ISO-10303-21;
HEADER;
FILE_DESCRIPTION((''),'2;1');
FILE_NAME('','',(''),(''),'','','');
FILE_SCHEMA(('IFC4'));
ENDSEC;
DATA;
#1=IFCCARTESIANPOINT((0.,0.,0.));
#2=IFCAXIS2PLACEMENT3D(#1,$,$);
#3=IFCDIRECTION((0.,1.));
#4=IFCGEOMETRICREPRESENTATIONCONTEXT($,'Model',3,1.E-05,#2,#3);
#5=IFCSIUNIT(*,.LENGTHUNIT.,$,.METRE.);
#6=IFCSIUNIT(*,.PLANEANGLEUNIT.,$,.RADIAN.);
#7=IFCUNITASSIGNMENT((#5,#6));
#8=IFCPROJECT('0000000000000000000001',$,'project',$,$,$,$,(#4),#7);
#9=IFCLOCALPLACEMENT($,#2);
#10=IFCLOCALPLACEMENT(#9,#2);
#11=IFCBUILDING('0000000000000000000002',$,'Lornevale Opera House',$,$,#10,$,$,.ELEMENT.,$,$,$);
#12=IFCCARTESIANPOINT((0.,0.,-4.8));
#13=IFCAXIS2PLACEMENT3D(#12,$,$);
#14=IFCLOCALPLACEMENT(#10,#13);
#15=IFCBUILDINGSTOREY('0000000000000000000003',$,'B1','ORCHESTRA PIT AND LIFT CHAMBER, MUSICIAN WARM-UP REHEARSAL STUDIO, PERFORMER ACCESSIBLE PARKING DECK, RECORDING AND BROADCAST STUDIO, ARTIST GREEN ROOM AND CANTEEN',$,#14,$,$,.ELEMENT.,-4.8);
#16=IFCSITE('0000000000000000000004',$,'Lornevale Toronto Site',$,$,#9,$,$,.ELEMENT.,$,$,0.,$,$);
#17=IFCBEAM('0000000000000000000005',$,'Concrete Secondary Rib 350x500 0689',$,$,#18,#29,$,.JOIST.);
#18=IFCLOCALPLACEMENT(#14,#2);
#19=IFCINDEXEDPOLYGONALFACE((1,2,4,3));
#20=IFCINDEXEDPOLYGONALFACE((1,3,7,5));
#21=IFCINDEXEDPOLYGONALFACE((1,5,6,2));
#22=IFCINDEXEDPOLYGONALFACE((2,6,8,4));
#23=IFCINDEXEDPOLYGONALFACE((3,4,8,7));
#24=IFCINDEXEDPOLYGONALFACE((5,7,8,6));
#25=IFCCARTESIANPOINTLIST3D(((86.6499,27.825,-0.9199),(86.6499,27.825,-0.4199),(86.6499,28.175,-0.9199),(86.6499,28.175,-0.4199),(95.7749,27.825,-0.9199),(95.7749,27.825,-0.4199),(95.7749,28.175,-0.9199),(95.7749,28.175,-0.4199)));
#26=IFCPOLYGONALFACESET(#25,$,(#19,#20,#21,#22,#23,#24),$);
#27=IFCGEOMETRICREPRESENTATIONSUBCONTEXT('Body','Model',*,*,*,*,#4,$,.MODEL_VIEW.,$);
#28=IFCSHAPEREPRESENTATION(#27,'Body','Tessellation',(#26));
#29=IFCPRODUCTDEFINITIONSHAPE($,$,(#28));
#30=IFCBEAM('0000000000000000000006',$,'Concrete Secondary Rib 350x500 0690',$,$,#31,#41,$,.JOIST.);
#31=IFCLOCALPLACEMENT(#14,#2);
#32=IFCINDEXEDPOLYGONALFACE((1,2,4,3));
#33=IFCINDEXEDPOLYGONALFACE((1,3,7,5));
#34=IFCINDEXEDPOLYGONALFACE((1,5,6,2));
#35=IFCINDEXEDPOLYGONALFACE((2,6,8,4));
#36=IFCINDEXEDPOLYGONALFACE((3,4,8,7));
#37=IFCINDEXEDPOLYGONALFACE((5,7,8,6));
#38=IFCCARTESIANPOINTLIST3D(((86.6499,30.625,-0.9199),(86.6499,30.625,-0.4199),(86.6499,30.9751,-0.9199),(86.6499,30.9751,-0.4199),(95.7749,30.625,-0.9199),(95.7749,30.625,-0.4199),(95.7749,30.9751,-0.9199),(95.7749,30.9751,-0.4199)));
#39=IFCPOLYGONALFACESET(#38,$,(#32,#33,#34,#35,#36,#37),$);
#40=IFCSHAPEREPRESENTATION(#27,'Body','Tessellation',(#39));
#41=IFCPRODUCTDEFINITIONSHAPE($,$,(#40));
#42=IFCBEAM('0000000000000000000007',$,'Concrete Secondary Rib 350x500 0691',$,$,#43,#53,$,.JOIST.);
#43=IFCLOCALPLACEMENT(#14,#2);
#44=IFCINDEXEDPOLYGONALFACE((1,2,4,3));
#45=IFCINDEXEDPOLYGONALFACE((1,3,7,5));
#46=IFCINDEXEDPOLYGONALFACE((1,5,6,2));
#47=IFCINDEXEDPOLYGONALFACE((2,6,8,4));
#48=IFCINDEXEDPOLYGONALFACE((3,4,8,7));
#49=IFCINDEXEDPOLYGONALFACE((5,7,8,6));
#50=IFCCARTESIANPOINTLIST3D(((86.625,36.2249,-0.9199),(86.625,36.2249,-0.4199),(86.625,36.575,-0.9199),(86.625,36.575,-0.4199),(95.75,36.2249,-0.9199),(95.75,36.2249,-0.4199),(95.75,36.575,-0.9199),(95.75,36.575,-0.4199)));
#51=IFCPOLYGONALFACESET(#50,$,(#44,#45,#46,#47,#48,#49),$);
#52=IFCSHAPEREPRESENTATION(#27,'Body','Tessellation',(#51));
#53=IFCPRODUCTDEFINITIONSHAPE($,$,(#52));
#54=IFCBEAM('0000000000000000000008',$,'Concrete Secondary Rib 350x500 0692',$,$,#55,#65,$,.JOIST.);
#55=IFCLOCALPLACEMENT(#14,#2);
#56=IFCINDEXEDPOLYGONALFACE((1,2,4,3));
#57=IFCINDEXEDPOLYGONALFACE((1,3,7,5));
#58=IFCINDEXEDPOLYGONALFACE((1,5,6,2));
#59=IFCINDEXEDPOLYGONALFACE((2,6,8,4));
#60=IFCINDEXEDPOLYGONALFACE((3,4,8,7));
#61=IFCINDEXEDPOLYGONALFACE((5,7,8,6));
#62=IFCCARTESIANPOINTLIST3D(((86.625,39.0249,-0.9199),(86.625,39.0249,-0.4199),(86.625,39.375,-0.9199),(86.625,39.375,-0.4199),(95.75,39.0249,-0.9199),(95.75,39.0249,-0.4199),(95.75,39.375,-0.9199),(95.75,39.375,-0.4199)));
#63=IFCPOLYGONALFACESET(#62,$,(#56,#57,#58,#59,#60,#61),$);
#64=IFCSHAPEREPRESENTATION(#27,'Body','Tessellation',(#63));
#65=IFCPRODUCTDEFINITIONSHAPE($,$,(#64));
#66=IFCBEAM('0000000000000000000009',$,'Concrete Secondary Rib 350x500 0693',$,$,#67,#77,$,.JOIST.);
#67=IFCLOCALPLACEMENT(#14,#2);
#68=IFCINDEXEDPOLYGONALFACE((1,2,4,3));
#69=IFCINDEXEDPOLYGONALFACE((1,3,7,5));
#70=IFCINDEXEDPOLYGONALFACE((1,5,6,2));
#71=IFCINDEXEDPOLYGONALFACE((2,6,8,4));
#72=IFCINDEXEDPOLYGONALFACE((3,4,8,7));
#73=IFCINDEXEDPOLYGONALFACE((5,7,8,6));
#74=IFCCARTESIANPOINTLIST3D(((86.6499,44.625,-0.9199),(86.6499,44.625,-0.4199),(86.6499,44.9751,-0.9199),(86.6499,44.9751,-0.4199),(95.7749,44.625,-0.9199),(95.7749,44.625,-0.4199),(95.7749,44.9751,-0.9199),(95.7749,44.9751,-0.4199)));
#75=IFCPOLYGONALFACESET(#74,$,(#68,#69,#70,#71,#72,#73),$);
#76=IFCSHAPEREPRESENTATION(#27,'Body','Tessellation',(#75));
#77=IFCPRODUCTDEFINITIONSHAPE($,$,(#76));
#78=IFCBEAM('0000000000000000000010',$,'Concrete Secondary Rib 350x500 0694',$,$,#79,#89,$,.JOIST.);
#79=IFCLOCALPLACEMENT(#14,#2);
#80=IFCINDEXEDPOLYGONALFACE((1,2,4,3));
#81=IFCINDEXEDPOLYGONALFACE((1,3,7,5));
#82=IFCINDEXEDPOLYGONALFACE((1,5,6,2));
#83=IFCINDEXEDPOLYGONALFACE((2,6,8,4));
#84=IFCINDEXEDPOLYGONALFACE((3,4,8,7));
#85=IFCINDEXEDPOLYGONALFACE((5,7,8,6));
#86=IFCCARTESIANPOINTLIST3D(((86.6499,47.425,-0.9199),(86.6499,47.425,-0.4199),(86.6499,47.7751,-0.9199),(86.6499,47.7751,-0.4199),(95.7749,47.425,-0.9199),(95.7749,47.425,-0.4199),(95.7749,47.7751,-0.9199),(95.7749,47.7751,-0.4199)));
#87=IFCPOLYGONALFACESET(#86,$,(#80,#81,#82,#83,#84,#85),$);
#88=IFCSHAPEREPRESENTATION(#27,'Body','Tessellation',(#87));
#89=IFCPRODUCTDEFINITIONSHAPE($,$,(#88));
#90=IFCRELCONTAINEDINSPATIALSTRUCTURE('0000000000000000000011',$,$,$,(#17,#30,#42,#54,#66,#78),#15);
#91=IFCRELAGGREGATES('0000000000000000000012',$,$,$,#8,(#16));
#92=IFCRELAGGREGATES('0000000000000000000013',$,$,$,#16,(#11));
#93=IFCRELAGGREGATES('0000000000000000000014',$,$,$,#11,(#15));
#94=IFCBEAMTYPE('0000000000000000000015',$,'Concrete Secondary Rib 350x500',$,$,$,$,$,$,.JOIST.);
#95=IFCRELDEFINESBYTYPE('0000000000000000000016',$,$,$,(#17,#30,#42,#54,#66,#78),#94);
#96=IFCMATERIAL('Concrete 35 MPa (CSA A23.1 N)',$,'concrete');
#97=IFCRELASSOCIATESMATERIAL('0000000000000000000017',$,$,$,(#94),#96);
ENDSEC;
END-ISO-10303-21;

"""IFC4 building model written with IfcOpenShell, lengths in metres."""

from ifc_helpers import new_model, si_unit, direction, frame, origin, origin_2d, place, context, subcontext, project, spatial, rectangle, extrude, material, material_profile, profile_set, type_object, element, save


model = new_model("IFC4")

# Units and contexts
model_context = context("Model", 3, precision=1e-05, world=origin(), true_north=direction((0.0, 1.0)))
body_context = subcontext(model_context, "Body", "Model", "MODEL_VIEW")
ifc_project = project(units=[si_unit("LENGTHUNIT", "METRE"), si_unit("PLANEANGLEUNIT", "RADIAN")], contexts=[model_context])

# Site, building, storey
site_placement = place(None, origin())
site = spatial("IfcSite", under=ifc_project, at=site_placement, Name="Lornevale Toronto Site", CompositionType="ELEMENT", RefElevation=0.0)
building_placement = place(site_placement, origin())
building = spatial("IfcBuilding", under=site, at=building_placement, Name="Lornevale Opera House", CompositionType="ELEMENT")
storey_placement = place(building_placement, frame((0.0, 0.0, -4.8)))
storey = spatial("IfcBuildingStorey", under=building, at=storey_placement, Name="B1", Description="ORCHESTRA PIT AND LIFT CHAMBER, MUSICIAN WARM-UP REHEARSAL STUDIO, PERFORMER ACCESSIBLE PARKING DECK, RECORDING AND BROADCAST STUDIO, ARTIST GREEN ROOM AND CANTEEN", CompositionType="ELEMENT", Elevation=-4.8)

# Beams
ifc_material_1 = material(Name="Concrete 35 MPa (CSA A23.1 N)", Category="concrete")
ifc_material_profile_1 = material_profile(ifc_material_1, rectangle(XDim=0.3501, YDim=0.5, at=origin_2d()), Name="RC350x500")
ifc_profile_set_1 = profile_set([ifc_material_profile_1], Name="Concrete 35 MPa (CSA A23.1 N)")
beam_type_1 = type_object("IfcBeamType", Name="Concrete Secondary Rib 350x500", PredefinedType="JOIST", material=ifc_profile_set_1)
for number, where, z_axis, x_axis, name in (
    (1, (86.6499, 28.0, -0.6699), (1.0, 0.0, 0.0), (0.0, 1.0, 0.0), "Concrete Secondary Rib 350x500 0689"),
    (2, (86.6499, 30.8, -0.6699), (1.0, 0.0, 0.0), (0.0, 1.0, 0.0), "Concrete Secondary Rib 350x500 0690"),
    (3, (86.625, 36.3999, -0.6699), (1.0, 0.0, 0.0), (0.0, 1.0, 0.0), "Concrete Secondary Rib 350x500 0691"),
    (4, (86.625, 39.2, -0.6699), (1.0, 0.0, 0.0), (0.0, 1.0, 0.0), "Concrete Secondary Rib 350x500 0692"),
    (5, (86.6499, 44.8, -0.6699), (1.0, 0.0, 0.0), (0.0, 1.0, 0.0), "Concrete Secondary Rib 350x500 0693"),
    (6, (86.6499, 47.6001, -0.6699), (1.0, 0.0, 0.0), (0.0, 1.0, 0.0), "Concrete Secondary Rib 350x500 0694"),
):
    element("IfcBeam", number, at=place(storey_placement, frame(where, z_axis=z_axis, x_axis=x_axis)), inside=storey, type_object=beam_type_1, Name=name, PredefinedType="JOIST", context=body_context, shape_type="SweptSolid", body=[
        extrude(rectangle(XDim=0.3501, YDim=0.5, at=origin_2d()), origin(), (0.0, 0.0, 1.0), 9.125),
    ])

save(model, "model.ifc")
